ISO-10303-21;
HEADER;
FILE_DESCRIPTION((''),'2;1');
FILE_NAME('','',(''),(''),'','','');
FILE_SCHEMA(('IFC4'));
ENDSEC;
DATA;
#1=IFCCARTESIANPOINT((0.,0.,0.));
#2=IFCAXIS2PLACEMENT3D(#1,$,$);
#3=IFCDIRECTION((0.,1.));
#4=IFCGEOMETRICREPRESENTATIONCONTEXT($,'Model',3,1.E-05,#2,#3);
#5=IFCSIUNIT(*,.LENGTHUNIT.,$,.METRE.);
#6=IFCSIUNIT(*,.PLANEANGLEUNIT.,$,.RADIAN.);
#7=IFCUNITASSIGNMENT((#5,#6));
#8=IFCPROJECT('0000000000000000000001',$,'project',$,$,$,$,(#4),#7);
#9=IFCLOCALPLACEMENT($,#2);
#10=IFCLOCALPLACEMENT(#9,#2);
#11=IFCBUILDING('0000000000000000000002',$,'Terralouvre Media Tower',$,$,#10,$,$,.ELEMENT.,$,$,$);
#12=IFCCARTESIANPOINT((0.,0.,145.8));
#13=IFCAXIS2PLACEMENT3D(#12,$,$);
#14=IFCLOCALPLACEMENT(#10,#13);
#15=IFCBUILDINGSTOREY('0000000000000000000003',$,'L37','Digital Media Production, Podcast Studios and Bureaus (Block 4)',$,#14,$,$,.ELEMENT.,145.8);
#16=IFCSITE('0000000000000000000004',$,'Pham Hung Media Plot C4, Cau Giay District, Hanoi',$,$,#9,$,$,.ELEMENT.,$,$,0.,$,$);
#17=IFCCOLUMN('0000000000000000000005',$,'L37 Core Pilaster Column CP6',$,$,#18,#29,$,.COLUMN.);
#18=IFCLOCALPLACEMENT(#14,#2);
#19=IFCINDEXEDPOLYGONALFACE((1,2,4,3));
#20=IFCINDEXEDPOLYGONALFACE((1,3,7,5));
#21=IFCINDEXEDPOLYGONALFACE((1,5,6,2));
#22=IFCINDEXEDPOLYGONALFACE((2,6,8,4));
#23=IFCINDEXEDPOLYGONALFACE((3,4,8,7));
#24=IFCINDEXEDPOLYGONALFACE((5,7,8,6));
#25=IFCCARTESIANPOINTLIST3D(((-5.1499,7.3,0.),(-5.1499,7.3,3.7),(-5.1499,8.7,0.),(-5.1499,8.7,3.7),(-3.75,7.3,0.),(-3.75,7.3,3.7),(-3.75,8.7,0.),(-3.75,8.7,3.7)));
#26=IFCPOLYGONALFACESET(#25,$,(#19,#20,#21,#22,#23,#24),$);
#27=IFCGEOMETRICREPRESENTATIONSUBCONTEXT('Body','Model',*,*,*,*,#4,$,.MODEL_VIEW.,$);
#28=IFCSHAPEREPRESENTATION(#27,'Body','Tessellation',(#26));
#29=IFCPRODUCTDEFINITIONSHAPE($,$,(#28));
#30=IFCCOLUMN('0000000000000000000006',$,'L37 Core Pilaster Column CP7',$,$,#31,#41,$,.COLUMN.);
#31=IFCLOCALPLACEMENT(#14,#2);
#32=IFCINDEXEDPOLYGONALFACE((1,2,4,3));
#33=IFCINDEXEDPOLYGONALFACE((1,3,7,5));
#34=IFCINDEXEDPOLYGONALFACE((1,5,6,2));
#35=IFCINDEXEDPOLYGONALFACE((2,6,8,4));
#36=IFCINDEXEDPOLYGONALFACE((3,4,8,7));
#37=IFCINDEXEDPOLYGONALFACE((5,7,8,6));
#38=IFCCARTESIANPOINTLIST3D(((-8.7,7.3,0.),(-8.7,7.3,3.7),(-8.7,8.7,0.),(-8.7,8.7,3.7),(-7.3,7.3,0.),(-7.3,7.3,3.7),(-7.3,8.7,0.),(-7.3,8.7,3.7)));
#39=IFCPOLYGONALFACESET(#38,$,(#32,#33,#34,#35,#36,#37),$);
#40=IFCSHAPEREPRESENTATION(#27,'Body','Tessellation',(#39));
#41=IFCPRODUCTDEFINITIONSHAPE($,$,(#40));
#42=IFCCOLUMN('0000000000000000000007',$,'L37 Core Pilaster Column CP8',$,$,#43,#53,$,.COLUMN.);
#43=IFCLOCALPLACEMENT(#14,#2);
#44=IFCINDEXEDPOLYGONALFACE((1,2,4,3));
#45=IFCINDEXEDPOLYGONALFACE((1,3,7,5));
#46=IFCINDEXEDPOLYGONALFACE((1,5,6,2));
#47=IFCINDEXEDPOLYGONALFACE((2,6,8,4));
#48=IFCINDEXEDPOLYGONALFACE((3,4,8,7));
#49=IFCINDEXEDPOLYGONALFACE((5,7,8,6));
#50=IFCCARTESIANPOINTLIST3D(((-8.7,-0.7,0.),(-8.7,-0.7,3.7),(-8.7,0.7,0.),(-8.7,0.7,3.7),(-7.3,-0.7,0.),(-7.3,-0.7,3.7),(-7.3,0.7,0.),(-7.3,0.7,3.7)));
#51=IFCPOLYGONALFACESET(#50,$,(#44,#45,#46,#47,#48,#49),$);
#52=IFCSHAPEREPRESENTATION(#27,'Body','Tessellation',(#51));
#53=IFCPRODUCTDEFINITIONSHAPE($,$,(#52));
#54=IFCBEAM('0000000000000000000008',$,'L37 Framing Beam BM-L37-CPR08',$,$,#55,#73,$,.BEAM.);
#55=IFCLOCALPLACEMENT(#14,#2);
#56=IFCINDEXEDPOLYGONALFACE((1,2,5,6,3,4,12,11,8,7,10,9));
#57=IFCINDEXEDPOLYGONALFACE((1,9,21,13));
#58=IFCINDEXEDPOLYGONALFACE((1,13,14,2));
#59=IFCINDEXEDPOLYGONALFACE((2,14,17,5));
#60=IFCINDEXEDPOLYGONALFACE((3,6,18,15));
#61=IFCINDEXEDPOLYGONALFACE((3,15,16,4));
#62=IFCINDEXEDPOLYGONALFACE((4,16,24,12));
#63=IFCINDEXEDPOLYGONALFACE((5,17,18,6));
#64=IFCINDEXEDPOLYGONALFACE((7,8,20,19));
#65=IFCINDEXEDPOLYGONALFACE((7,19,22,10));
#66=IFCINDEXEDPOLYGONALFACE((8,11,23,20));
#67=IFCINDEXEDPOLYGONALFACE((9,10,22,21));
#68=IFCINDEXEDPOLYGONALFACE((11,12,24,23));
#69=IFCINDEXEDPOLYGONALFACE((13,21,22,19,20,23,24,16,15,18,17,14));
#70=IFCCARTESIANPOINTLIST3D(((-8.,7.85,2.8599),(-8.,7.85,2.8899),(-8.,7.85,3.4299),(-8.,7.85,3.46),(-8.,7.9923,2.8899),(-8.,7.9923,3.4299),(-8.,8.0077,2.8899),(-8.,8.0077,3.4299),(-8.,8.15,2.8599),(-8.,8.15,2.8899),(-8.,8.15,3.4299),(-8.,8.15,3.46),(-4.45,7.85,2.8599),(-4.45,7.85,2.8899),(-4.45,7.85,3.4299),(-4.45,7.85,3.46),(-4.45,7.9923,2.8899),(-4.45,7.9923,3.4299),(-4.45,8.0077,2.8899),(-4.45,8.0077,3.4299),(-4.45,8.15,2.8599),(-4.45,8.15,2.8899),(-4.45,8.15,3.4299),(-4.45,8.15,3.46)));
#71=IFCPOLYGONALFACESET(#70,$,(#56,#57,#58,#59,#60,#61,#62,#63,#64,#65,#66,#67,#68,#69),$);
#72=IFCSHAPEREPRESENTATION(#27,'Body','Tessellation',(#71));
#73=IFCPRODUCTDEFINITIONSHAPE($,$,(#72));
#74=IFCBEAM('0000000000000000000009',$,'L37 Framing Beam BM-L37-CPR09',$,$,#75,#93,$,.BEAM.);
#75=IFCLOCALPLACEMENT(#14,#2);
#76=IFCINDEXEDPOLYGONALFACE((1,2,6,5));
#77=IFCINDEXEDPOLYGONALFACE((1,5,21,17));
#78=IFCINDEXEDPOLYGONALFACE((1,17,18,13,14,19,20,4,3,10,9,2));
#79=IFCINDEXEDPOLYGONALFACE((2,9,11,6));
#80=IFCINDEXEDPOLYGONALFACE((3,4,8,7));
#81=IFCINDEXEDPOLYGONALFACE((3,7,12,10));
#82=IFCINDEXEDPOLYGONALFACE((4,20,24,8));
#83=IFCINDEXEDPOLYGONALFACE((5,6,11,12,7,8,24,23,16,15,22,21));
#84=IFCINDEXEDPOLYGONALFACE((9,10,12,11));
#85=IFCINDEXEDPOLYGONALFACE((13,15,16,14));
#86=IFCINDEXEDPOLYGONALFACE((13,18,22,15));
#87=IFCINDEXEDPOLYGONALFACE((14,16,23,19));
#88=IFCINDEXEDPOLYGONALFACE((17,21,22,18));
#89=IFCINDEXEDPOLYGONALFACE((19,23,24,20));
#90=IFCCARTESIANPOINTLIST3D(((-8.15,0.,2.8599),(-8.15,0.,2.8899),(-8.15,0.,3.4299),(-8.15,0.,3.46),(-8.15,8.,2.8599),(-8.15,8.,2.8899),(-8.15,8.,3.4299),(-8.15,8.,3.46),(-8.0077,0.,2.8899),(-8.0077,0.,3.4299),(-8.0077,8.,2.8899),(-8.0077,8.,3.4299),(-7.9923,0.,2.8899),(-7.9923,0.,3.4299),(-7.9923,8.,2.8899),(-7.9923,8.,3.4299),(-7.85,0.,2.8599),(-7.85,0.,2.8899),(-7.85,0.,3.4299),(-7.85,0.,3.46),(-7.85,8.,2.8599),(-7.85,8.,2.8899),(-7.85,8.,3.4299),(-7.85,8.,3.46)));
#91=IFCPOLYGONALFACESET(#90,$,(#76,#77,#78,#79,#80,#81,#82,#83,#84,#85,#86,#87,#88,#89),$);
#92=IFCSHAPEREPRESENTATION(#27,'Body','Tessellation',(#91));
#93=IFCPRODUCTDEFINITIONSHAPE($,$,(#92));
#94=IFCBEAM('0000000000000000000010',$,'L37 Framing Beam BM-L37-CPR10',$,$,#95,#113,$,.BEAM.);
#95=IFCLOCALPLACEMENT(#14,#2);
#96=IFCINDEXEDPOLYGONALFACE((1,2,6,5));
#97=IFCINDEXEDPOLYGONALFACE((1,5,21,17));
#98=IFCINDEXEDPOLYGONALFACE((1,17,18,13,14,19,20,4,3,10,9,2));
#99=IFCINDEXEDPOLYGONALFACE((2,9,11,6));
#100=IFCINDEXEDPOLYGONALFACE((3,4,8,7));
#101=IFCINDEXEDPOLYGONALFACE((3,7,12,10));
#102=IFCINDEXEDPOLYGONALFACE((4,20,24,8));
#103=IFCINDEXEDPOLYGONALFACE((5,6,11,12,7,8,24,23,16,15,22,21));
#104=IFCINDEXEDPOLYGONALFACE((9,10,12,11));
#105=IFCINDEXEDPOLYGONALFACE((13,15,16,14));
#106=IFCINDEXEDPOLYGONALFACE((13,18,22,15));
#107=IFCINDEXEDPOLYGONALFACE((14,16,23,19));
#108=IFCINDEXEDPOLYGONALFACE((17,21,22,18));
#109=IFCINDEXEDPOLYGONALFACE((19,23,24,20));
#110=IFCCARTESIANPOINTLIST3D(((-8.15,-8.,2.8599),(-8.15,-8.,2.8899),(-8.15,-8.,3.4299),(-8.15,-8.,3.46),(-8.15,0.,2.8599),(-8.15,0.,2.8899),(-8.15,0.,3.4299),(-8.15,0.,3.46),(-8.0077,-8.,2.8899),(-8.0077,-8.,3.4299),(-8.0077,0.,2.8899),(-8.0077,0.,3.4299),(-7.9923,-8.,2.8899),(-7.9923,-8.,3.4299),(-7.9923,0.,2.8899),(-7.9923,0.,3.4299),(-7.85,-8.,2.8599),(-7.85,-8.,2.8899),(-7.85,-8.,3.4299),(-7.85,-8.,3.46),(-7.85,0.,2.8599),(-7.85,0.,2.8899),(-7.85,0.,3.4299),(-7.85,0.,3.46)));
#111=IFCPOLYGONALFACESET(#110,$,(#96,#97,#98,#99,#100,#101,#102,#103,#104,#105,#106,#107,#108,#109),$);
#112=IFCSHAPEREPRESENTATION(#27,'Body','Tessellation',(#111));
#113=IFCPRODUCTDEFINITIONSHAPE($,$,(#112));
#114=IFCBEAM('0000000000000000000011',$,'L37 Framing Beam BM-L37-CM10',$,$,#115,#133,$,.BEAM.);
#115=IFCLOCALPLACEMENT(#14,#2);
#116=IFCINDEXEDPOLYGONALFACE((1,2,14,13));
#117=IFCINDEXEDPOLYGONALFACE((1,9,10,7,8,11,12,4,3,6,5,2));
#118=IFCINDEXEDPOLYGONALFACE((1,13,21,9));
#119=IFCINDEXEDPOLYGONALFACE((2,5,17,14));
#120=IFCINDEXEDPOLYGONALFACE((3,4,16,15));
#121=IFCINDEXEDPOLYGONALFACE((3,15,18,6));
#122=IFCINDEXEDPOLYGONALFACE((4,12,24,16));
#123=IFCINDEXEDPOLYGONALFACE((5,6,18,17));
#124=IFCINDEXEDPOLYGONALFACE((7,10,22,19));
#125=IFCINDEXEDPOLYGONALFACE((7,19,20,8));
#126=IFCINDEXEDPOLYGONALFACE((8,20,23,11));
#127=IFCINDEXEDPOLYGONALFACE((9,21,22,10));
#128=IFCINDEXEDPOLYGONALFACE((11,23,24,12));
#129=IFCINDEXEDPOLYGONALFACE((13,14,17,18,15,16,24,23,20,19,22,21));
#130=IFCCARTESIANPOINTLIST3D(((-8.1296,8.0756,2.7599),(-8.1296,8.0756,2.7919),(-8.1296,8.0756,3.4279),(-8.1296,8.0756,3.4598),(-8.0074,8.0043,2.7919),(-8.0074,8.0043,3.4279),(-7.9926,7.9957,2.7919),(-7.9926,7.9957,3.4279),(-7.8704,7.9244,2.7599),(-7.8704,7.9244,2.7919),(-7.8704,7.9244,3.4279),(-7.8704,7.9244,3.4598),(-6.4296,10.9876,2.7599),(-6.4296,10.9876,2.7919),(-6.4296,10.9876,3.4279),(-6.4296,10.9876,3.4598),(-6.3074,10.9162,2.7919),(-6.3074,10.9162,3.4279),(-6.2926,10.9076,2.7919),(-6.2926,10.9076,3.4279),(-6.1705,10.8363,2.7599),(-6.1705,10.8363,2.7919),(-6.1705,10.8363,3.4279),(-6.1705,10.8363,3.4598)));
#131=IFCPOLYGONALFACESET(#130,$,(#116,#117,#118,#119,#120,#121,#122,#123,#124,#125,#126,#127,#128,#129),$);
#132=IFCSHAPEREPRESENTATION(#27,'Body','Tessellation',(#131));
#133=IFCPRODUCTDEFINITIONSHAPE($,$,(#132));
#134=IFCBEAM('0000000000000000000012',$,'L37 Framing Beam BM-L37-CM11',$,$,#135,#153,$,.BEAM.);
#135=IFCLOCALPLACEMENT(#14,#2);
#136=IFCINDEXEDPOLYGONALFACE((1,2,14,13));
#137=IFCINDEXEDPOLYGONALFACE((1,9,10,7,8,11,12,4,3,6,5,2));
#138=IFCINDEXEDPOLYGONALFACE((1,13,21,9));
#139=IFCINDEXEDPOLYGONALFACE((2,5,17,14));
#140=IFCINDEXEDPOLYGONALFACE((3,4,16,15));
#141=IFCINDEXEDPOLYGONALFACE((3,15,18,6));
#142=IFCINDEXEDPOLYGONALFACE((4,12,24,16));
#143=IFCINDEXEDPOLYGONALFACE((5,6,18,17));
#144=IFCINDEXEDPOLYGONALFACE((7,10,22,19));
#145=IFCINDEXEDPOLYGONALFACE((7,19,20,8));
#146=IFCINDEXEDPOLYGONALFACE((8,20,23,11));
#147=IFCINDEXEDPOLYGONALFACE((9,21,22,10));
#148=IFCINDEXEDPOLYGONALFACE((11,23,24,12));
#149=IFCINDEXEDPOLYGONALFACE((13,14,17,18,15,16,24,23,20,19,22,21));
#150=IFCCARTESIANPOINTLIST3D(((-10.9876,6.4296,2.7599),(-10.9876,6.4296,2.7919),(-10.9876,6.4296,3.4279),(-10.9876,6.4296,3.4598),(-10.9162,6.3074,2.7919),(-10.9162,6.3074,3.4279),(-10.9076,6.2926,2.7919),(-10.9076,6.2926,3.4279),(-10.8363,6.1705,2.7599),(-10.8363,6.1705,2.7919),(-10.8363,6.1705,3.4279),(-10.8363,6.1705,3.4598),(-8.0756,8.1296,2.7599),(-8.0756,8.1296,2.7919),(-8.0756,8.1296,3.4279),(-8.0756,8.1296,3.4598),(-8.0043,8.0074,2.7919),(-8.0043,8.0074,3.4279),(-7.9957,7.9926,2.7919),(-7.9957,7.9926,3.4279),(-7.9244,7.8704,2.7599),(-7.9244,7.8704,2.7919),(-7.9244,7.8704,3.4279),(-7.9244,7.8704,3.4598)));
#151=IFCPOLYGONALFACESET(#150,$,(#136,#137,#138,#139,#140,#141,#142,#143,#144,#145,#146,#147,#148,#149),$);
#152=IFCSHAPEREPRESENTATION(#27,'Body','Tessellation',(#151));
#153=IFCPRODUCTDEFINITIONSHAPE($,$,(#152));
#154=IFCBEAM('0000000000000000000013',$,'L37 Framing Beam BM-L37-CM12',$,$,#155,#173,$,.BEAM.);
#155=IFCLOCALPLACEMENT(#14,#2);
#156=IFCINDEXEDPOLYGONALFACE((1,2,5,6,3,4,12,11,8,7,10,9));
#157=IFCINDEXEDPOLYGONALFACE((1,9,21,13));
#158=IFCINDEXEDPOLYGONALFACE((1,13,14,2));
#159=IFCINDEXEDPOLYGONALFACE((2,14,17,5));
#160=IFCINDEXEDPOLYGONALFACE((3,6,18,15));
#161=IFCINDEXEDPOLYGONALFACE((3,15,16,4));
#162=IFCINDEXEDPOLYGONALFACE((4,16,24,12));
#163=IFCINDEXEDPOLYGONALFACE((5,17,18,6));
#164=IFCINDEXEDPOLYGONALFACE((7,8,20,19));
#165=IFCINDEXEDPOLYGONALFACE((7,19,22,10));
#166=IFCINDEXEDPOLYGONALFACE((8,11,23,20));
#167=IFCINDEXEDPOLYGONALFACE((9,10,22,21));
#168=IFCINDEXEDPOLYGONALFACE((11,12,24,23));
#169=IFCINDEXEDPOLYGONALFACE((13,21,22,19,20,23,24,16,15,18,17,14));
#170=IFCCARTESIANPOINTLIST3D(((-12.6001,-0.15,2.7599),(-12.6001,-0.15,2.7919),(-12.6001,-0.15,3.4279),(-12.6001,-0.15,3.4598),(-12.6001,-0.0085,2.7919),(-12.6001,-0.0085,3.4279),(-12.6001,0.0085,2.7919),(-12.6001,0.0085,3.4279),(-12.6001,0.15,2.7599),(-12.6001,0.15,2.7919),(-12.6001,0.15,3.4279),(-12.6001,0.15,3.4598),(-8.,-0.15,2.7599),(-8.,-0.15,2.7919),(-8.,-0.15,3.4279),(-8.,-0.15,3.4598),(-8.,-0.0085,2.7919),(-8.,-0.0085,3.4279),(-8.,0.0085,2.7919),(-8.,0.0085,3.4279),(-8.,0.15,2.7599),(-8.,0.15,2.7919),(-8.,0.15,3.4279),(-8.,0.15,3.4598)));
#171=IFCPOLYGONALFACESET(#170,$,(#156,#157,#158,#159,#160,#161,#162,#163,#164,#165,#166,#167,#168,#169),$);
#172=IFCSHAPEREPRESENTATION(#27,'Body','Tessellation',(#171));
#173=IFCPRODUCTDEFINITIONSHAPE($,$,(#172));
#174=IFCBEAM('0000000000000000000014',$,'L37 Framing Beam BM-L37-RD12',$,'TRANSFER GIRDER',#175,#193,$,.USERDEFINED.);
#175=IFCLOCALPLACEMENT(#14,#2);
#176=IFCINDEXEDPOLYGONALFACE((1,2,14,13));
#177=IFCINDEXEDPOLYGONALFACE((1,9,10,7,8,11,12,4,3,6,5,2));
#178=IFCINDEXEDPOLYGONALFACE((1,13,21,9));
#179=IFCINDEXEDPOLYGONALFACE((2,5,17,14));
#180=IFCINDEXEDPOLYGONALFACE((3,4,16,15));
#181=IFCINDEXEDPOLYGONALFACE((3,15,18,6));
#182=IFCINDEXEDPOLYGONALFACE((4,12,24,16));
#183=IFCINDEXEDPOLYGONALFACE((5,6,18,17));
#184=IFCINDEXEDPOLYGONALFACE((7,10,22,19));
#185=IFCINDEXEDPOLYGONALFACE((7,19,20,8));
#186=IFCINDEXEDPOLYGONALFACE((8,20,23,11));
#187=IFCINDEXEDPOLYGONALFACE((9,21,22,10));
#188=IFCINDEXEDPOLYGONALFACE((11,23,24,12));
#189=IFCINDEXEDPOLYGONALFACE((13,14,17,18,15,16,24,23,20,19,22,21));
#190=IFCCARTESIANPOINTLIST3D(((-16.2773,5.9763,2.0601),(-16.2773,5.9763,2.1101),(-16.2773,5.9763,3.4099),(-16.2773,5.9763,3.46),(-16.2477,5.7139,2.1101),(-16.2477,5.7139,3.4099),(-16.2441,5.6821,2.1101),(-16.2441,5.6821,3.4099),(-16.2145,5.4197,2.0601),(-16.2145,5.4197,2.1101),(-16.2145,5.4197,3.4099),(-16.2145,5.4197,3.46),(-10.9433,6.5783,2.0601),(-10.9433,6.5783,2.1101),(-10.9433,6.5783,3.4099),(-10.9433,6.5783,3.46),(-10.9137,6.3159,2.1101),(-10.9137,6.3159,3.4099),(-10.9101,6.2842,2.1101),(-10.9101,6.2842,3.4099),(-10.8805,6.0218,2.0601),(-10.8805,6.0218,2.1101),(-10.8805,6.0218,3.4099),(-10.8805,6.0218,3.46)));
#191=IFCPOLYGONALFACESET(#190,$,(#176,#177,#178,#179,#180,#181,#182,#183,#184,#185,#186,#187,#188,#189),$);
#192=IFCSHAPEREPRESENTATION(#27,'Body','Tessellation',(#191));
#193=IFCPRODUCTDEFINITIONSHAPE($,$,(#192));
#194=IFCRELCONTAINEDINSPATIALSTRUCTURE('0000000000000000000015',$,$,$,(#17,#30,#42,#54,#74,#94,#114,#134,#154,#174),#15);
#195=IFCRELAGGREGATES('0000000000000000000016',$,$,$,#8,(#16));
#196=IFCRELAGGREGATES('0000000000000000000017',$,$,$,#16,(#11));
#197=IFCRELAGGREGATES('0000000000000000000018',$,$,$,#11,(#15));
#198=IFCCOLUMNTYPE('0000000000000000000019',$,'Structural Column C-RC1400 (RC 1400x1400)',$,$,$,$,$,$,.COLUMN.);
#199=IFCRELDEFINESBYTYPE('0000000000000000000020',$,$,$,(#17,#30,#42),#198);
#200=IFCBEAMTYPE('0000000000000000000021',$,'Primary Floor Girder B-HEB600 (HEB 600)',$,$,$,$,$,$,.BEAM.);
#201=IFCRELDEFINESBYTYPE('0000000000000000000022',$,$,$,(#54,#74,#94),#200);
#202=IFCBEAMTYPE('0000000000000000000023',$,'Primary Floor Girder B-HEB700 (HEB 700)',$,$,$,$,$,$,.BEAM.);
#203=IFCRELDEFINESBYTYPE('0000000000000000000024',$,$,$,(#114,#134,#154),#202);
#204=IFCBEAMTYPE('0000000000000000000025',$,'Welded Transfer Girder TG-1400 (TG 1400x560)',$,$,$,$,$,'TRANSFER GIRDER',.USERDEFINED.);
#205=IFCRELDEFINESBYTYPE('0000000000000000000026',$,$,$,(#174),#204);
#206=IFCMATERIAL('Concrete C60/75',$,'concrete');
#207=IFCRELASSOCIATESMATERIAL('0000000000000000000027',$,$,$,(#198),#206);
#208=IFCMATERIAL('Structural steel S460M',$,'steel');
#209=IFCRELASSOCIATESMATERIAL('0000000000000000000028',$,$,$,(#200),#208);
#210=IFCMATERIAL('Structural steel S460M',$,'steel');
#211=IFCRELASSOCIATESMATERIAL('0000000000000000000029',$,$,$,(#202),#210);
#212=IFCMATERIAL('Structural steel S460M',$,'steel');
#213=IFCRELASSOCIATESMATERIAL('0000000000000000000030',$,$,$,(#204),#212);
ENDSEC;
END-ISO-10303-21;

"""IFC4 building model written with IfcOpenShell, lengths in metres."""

from ifc_helpers import new_model, si_unit, direction, frame, origin, origin_2d, place, context, subcontext, project, spatial, rectangle, i_section, extrude, material, material_profile, profile_set, type_object, element, save


model = new_model("IFC4")

# Units and contexts
model_context = context("Model", 3, precision=1e-05, world=origin(), true_north=direction((0.0, 1.0)))
body_context = subcontext(model_context, "Body", "Model", "MODEL_VIEW")
ifc_project = project(units=[si_unit("LENGTHUNIT", "METRE"), si_unit("PLANEANGLEUNIT", "RADIAN")], contexts=[model_context])

# Site, building, storey
site_placement = place(None, origin())
site = spatial("IfcSite", under=ifc_project, at=site_placement, Name="Pham Hung Media Plot C4, Cau Giay District, Hanoi", CompositionType="ELEMENT", RefElevation=0.0)
building_placement = place(site_placement, origin())
building = spatial("IfcBuilding", under=site, at=building_placement, Name="Terralouvre Media Tower", CompositionType="ELEMENT")
storey_placement = place(building_placement, frame((0.0, 0.0, 145.8)))
storey = spatial("IfcBuildingStorey", under=building, at=storey_placement, Name="L37", Description="Digital Media Production, Podcast Studios and Bureaus (Block 4)", CompositionType="ELEMENT", Elevation=145.8)

# Columns
ifc_material_1 = material(Name="Concrete C60/75", Category="concrete")
ifc_material_profile_1 = material_profile(ifc_material_1, rectangle(XDim=1.3999, YDim=1.3999, at=origin_2d()), Name="RC 1400x1400")
ifc_profile_set_1 = profile_set([ifc_material_profile_1], Name="Concrete C60/75")
column_type = type_object("IfcColumnType", Name="Structural Column C-RC1400 (RC 1400x1400)", PredefinedType="COLUMN", material=ifc_profile_set_1)
for number, where, z_axis, x_axis, name in (
    (1, (-4.45, 8.0, 0.0), (0.0, 0.0, 1.0), (1.0, 0.0, 0.0), "L37 Core Pilaster Column CP6"),
    (2, (-8.0, 8.0, 0.0), (0.0, 0.0, 1.0), (1.0, 0.0, 0.0), "L37 Core Pilaster Column CP7"),
    (3, (-8.0, 0.0, 0.0), (0.0, 0.0, 1.0), (1.0, 0.0, 0.0), "L37 Core Pilaster Column CP8"),
):
    element("IfcColumn", number, at=place(storey_placement, frame(where, z_axis=z_axis, x_axis=x_axis)), inside=storey, type_object=column_type, Name=name, PredefinedType="COLUMN", context=body_context, shape_type="SweptSolid", body=[
        extrude(rectangle(XDim=1.3999, YDim=1.3999, at=origin_2d()), origin(), (0.0, 0.0, 1.0), 3.7),
    ])

# Beams
ifc_material_2 = material(Name="Structural steel S460M", Category="steel")
ifc_material_profile_2 = material_profile(ifc_material_2, i_section(OverallWidth=0.3, OverallDepth=0.6001, WebThickness=0.0154, FlangeThickness=0.03, at=origin_2d()), Name="HEB 600")
ifc_profile_set_2 = profile_set([ifc_material_profile_2], Name="Structural steel S460M")
beam_type_1 = type_object("IfcBeamType", Name="Primary Floor Girder B-HEB600 (HEB 600)", PredefinedType="BEAM", material=ifc_profile_set_2)
beam_1_placement = place(storey_placement, frame((-4.45, 8.0, 3.1599), z_axis=(-1.0, 0.0, 0.0), x_axis=(0.0, -1.0, 0.0)))
element("IfcBeam", 4, at=beam_1_placement, inside=storey, type_object=beam_type_1, Name="L37 Framing Beam BM-L37-CPR08", PredefinedType="BEAM", context=body_context, shape_type="SweptSolid", body=[
    extrude(i_section(OverallWidth=0.3, OverallDepth=0.6001, WebThickness=0.0154, FlangeThickness=0.03, at=origin_2d()), origin(), (0.0, 0.0, 1.0), 3.55),
])
for number, where, z_axis, x_axis, name in (
    (5, (-8.0, 8.0, 3.1599), (0.0, -1.0, 0.0), (1.0, 0.0, 0.0), "L37 Framing Beam BM-L37-CPR09"),
    (6, (-8.0, 0.0, 3.1599), (0.0, -1.0, 0.0), (1.0, 0.0, 0.0), "L37 Framing Beam BM-L37-CPR10"),
):
    element("IfcBeam", number, at=place(storey_placement, frame(where, z_axis=z_axis, x_axis=x_axis)), inside=storey, type_object=beam_type_1, Name=name, PredefinedType="BEAM", context=body_context, shape_type="SweptSolid", body=[
        extrude(i_section(OverallWidth=0.3, OverallDepth=0.6001, WebThickness=0.0154, FlangeThickness=0.03, at=origin_2d()), origin(), (0.0, 0.0, 1.0), 8.0),
    ])
ifc_material_3 = material(Name="Structural steel S460M", Category="steel")
ifc_material_profile_3 = material_profile(ifc_material_3, i_section(OverallWidth=0.3, OverallDepth=0.7, WebThickness=0.0171, FlangeThickness=0.032, at=origin_2d()), Name="HEB 700")
ifc_profile_set_3 = profile_set([ifc_material_profile_3], Name="Structural steel S460M")
beam_type_2 = type_object("IfcBeamType", Name="Primary Floor Girder B-HEB700 (HEB 700)", PredefinedType="BEAM", material=ifc_profile_set_3)
for number, where, z_axis, x_axis, name in (
    (7, (-8.0, 8.0, 3.1099), (0.504173, 0.863603, 0.0), (-0.863603, 0.504173, 0.0), "L37 Framing Beam BM-L37-CM10"),
    (8, (-8.0, 8.0, 3.1099), (-0.863603, -0.504173, 0.0), (0.504173, -0.863603, 0.0), "L37 Framing Beam BM-L37-CM11"),
):
    element("IfcBeam", number, at=place(storey_placement, frame(where, z_axis=z_axis, x_axis=x_axis)), inside=storey, type_object=beam_type_2, Name=name, PredefinedType="BEAM", context=body_context, shape_type="SweptSolid", body=[
        extrude(i_section(OverallWidth=0.3, OverallDepth=0.7, WebThickness=0.0171, FlangeThickness=0.032, at=origin_2d()), origin(), (0.0, 0.0, 1.0), 3.3718),
    ])
beam_2_placement = place(storey_placement, frame((-8.0, 0.0, 3.1099), z_axis=(-1.0, 0.0, 0.0), x_axis=(0.0, -1.0, 0.0)))
element("IfcBeam", 9, at=beam_2_placement, inside=storey, type_object=beam_type_2, Name="L37 Framing Beam BM-L37-CM12", PredefinedType="BEAM", context=body_context, shape_type="SweptSolid", body=[
    extrude(i_section(OverallWidth=0.3, OverallDepth=0.7, WebThickness=0.0171, FlangeThickness=0.032, at=origin_2d()), origin(), (0.0, 0.0, 1.0), 4.6001),
])
ifc_material_4 = material(Name="Structural steel S460M", Category="steel")
ifc_material_profile_4 = material_profile(ifc_material_4, i_section(OverallWidth=0.5601, OverallDepth=1.3999, WebThickness=0.032, FlangeThickness=0.05, at=origin_2d()), Name="TG 1400x560")
ifc_profile_set_4 = profile_set([ifc_material_profile_4], Name="Structural steel S460M")
beam_type_3 = type_object("IfcBeamType", Name="Welded Transfer Girder TG-1400 (TG 1400x560)", ElementType="TRANSFER GIRDER", PredefinedType="USERDEFINED", material=ifc_profile_set_4)
beam_3_placement = place(storey_placement, frame((-10.9119, 6.3, 2.76), z_axis=(-0.99369, -0.112159, 0.0), x_axis=(0.112159, -0.99369, 0.0)))
element("IfcBeam", 10, at=beam_3_placement, inside=storey, type_object=beam_type_3, Name="L37 Framing Beam BM-L37-RD12", ObjectType="TRANSFER GIRDER", PredefinedType="USERDEFINED", context=body_context, shape_type="SweptSolid", body=[
    extrude(i_section(OverallWidth=0.5601, OverallDepth=1.3999, WebThickness=0.032, FlangeThickness=0.05, at=origin_2d()), origin(), (0.0, 0.0, 1.0), 5.3679),
])

save(model, "model.ifc")
